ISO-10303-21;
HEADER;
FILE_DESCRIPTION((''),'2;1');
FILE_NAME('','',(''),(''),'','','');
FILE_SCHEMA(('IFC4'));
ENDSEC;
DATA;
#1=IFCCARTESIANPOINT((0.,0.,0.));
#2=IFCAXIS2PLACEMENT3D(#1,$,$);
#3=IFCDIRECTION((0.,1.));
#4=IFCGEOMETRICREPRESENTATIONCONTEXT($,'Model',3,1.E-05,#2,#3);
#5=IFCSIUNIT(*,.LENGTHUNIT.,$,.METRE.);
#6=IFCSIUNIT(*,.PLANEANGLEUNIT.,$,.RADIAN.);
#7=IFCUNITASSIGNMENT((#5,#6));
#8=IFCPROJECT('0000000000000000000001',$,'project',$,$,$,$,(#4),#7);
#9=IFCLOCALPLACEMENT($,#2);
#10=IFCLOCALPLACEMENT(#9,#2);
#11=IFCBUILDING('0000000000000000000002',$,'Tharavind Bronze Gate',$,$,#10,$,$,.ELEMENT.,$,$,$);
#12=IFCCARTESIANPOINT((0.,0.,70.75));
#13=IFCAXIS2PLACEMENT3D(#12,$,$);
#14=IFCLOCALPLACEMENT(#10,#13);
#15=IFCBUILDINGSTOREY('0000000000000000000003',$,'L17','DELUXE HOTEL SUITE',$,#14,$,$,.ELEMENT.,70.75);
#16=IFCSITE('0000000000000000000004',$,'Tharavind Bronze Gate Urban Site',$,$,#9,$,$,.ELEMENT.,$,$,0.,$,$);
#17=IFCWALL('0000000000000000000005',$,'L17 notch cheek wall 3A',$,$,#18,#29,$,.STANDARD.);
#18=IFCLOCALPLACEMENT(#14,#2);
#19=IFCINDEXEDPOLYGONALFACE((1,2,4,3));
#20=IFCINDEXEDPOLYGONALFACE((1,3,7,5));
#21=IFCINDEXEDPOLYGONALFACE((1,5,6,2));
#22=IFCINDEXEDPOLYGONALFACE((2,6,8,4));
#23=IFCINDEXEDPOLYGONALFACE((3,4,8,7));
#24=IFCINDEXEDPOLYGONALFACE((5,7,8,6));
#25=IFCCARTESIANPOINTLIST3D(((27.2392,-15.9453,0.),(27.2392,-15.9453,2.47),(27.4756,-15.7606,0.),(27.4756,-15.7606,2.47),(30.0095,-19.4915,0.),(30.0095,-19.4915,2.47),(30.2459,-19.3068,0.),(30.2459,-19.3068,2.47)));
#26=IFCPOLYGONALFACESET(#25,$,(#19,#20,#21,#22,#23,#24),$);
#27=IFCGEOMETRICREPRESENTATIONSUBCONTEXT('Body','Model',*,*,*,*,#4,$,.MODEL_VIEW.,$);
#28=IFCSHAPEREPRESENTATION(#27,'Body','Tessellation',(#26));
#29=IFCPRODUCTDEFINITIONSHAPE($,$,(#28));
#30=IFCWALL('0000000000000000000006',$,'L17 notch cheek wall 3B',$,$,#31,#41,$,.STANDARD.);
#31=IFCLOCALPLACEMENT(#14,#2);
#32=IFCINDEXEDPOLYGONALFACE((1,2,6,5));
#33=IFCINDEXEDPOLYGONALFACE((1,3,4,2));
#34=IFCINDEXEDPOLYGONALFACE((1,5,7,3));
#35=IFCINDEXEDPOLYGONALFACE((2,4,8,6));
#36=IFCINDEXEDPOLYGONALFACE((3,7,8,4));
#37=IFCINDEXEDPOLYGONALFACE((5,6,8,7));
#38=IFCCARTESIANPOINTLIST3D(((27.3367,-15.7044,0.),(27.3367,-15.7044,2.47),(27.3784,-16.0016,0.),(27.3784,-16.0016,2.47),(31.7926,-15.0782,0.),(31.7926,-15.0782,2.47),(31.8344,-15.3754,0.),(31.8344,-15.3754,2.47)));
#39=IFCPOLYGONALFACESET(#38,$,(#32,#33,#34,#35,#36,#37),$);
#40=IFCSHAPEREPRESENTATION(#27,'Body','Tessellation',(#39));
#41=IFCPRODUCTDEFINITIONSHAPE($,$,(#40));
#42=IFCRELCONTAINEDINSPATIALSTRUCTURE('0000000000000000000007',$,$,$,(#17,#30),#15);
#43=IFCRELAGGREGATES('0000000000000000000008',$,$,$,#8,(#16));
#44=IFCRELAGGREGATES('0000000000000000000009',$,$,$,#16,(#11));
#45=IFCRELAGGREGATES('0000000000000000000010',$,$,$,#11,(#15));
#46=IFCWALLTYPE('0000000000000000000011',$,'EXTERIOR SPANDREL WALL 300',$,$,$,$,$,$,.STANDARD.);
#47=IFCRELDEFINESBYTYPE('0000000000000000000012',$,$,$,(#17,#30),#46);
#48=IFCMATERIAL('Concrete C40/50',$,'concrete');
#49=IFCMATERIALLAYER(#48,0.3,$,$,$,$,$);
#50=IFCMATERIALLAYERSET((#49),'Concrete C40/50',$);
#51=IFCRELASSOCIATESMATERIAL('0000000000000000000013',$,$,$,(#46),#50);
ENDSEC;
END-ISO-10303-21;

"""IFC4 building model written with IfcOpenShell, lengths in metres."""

from ifc_helpers import new_model, si_unit, direction, frame, frame_2d, origin, place, context, subcontext, project, spatial, rectangle, extrude, material, layer, layer_set, type_object, element, save


model = new_model("IFC4")

# Units and contexts
model_context = context("Model", 3, precision=1e-05, world=origin(), true_north=direction((0.0, 1.0)))
body_context = subcontext(model_context, "Body", "Model", "MODEL_VIEW")
ifc_project = project(units=[si_unit("LENGTHUNIT", "METRE"), si_unit("PLANEANGLEUNIT", "RADIAN")], contexts=[model_context])

# Site, building, storey
site_placement = place(None, origin())
site = spatial("IfcSite", under=ifc_project, at=site_placement, Name="Tharavind Bronze Gate Urban Site", CompositionType="ELEMENT", RefElevation=0.0)
building_placement = place(site_placement, origin())
building = spatial("IfcBuilding", under=site, at=building_placement, Name="Tharavind Bronze Gate", CompositionType="ELEMENT")
storey_placement = place(building_placement, frame((0.0, 0.0, 70.75)))
storey = spatial("IfcBuildingStorey", under=building, at=storey_placement, Name="L17", Description="DELUXE HOTEL SUITE", CompositionType="ELEMENT", Elevation=70.75)

# Walls
ifc_material_1 = material(Name="Concrete C40/50", Category="concrete")
ifc_layer_1 = layer(ifc_material_1, 0.3)
ifc_layer_set_1 = layer_set([ifc_layer_1], Name="Concrete C40/50")
wall_type = type_object("IfcWallType", Name="EXTERIOR SPANDREL WALL 300", PredefinedType="STANDARD", material=ifc_layer_set_1)
wall_1_placement = place(storey_placement, frame((30.1277, -19.3992, 0.0), z_axis=(0.0, 0.0, 1.0), x_axis=(-0.615622, 0.788042, 0.0)))
element("IfcWall", 1, at=wall_1_placement, inside=storey, type_object=wall_type, Name="L17 notch cheek wall 3A", PredefinedType="STANDARD", context=body_context, shape_type="SweptSolid", body=[
    extrude(rectangle(XDim=4.5, YDim=0.3, at=frame_2d((2.25, 0.0))), origin(), (0.0, 0.0, 1.0), 2.47),
])
wall_2_placement = place(storey_placement, frame((27.3574, -15.853, 0.0), z_axis=(0.0, 0.0, 1.0), x_axis=(0.990269, 0.139165, 0.0)))
element("IfcWall", 2, at=wall_2_placement, inside=storey, type_object=wall_type, Name="L17 notch cheek wall 3B", PredefinedType="STANDARD", context=body_context, shape_type="SweptSolid", body=[
    extrude(rectangle(XDim=4.4998, YDim=0.3, at=frame_2d((2.25, 0.0))), origin(), (0.0, 0.0, 1.0), 2.47),
])

save(model, "model.ifc")
